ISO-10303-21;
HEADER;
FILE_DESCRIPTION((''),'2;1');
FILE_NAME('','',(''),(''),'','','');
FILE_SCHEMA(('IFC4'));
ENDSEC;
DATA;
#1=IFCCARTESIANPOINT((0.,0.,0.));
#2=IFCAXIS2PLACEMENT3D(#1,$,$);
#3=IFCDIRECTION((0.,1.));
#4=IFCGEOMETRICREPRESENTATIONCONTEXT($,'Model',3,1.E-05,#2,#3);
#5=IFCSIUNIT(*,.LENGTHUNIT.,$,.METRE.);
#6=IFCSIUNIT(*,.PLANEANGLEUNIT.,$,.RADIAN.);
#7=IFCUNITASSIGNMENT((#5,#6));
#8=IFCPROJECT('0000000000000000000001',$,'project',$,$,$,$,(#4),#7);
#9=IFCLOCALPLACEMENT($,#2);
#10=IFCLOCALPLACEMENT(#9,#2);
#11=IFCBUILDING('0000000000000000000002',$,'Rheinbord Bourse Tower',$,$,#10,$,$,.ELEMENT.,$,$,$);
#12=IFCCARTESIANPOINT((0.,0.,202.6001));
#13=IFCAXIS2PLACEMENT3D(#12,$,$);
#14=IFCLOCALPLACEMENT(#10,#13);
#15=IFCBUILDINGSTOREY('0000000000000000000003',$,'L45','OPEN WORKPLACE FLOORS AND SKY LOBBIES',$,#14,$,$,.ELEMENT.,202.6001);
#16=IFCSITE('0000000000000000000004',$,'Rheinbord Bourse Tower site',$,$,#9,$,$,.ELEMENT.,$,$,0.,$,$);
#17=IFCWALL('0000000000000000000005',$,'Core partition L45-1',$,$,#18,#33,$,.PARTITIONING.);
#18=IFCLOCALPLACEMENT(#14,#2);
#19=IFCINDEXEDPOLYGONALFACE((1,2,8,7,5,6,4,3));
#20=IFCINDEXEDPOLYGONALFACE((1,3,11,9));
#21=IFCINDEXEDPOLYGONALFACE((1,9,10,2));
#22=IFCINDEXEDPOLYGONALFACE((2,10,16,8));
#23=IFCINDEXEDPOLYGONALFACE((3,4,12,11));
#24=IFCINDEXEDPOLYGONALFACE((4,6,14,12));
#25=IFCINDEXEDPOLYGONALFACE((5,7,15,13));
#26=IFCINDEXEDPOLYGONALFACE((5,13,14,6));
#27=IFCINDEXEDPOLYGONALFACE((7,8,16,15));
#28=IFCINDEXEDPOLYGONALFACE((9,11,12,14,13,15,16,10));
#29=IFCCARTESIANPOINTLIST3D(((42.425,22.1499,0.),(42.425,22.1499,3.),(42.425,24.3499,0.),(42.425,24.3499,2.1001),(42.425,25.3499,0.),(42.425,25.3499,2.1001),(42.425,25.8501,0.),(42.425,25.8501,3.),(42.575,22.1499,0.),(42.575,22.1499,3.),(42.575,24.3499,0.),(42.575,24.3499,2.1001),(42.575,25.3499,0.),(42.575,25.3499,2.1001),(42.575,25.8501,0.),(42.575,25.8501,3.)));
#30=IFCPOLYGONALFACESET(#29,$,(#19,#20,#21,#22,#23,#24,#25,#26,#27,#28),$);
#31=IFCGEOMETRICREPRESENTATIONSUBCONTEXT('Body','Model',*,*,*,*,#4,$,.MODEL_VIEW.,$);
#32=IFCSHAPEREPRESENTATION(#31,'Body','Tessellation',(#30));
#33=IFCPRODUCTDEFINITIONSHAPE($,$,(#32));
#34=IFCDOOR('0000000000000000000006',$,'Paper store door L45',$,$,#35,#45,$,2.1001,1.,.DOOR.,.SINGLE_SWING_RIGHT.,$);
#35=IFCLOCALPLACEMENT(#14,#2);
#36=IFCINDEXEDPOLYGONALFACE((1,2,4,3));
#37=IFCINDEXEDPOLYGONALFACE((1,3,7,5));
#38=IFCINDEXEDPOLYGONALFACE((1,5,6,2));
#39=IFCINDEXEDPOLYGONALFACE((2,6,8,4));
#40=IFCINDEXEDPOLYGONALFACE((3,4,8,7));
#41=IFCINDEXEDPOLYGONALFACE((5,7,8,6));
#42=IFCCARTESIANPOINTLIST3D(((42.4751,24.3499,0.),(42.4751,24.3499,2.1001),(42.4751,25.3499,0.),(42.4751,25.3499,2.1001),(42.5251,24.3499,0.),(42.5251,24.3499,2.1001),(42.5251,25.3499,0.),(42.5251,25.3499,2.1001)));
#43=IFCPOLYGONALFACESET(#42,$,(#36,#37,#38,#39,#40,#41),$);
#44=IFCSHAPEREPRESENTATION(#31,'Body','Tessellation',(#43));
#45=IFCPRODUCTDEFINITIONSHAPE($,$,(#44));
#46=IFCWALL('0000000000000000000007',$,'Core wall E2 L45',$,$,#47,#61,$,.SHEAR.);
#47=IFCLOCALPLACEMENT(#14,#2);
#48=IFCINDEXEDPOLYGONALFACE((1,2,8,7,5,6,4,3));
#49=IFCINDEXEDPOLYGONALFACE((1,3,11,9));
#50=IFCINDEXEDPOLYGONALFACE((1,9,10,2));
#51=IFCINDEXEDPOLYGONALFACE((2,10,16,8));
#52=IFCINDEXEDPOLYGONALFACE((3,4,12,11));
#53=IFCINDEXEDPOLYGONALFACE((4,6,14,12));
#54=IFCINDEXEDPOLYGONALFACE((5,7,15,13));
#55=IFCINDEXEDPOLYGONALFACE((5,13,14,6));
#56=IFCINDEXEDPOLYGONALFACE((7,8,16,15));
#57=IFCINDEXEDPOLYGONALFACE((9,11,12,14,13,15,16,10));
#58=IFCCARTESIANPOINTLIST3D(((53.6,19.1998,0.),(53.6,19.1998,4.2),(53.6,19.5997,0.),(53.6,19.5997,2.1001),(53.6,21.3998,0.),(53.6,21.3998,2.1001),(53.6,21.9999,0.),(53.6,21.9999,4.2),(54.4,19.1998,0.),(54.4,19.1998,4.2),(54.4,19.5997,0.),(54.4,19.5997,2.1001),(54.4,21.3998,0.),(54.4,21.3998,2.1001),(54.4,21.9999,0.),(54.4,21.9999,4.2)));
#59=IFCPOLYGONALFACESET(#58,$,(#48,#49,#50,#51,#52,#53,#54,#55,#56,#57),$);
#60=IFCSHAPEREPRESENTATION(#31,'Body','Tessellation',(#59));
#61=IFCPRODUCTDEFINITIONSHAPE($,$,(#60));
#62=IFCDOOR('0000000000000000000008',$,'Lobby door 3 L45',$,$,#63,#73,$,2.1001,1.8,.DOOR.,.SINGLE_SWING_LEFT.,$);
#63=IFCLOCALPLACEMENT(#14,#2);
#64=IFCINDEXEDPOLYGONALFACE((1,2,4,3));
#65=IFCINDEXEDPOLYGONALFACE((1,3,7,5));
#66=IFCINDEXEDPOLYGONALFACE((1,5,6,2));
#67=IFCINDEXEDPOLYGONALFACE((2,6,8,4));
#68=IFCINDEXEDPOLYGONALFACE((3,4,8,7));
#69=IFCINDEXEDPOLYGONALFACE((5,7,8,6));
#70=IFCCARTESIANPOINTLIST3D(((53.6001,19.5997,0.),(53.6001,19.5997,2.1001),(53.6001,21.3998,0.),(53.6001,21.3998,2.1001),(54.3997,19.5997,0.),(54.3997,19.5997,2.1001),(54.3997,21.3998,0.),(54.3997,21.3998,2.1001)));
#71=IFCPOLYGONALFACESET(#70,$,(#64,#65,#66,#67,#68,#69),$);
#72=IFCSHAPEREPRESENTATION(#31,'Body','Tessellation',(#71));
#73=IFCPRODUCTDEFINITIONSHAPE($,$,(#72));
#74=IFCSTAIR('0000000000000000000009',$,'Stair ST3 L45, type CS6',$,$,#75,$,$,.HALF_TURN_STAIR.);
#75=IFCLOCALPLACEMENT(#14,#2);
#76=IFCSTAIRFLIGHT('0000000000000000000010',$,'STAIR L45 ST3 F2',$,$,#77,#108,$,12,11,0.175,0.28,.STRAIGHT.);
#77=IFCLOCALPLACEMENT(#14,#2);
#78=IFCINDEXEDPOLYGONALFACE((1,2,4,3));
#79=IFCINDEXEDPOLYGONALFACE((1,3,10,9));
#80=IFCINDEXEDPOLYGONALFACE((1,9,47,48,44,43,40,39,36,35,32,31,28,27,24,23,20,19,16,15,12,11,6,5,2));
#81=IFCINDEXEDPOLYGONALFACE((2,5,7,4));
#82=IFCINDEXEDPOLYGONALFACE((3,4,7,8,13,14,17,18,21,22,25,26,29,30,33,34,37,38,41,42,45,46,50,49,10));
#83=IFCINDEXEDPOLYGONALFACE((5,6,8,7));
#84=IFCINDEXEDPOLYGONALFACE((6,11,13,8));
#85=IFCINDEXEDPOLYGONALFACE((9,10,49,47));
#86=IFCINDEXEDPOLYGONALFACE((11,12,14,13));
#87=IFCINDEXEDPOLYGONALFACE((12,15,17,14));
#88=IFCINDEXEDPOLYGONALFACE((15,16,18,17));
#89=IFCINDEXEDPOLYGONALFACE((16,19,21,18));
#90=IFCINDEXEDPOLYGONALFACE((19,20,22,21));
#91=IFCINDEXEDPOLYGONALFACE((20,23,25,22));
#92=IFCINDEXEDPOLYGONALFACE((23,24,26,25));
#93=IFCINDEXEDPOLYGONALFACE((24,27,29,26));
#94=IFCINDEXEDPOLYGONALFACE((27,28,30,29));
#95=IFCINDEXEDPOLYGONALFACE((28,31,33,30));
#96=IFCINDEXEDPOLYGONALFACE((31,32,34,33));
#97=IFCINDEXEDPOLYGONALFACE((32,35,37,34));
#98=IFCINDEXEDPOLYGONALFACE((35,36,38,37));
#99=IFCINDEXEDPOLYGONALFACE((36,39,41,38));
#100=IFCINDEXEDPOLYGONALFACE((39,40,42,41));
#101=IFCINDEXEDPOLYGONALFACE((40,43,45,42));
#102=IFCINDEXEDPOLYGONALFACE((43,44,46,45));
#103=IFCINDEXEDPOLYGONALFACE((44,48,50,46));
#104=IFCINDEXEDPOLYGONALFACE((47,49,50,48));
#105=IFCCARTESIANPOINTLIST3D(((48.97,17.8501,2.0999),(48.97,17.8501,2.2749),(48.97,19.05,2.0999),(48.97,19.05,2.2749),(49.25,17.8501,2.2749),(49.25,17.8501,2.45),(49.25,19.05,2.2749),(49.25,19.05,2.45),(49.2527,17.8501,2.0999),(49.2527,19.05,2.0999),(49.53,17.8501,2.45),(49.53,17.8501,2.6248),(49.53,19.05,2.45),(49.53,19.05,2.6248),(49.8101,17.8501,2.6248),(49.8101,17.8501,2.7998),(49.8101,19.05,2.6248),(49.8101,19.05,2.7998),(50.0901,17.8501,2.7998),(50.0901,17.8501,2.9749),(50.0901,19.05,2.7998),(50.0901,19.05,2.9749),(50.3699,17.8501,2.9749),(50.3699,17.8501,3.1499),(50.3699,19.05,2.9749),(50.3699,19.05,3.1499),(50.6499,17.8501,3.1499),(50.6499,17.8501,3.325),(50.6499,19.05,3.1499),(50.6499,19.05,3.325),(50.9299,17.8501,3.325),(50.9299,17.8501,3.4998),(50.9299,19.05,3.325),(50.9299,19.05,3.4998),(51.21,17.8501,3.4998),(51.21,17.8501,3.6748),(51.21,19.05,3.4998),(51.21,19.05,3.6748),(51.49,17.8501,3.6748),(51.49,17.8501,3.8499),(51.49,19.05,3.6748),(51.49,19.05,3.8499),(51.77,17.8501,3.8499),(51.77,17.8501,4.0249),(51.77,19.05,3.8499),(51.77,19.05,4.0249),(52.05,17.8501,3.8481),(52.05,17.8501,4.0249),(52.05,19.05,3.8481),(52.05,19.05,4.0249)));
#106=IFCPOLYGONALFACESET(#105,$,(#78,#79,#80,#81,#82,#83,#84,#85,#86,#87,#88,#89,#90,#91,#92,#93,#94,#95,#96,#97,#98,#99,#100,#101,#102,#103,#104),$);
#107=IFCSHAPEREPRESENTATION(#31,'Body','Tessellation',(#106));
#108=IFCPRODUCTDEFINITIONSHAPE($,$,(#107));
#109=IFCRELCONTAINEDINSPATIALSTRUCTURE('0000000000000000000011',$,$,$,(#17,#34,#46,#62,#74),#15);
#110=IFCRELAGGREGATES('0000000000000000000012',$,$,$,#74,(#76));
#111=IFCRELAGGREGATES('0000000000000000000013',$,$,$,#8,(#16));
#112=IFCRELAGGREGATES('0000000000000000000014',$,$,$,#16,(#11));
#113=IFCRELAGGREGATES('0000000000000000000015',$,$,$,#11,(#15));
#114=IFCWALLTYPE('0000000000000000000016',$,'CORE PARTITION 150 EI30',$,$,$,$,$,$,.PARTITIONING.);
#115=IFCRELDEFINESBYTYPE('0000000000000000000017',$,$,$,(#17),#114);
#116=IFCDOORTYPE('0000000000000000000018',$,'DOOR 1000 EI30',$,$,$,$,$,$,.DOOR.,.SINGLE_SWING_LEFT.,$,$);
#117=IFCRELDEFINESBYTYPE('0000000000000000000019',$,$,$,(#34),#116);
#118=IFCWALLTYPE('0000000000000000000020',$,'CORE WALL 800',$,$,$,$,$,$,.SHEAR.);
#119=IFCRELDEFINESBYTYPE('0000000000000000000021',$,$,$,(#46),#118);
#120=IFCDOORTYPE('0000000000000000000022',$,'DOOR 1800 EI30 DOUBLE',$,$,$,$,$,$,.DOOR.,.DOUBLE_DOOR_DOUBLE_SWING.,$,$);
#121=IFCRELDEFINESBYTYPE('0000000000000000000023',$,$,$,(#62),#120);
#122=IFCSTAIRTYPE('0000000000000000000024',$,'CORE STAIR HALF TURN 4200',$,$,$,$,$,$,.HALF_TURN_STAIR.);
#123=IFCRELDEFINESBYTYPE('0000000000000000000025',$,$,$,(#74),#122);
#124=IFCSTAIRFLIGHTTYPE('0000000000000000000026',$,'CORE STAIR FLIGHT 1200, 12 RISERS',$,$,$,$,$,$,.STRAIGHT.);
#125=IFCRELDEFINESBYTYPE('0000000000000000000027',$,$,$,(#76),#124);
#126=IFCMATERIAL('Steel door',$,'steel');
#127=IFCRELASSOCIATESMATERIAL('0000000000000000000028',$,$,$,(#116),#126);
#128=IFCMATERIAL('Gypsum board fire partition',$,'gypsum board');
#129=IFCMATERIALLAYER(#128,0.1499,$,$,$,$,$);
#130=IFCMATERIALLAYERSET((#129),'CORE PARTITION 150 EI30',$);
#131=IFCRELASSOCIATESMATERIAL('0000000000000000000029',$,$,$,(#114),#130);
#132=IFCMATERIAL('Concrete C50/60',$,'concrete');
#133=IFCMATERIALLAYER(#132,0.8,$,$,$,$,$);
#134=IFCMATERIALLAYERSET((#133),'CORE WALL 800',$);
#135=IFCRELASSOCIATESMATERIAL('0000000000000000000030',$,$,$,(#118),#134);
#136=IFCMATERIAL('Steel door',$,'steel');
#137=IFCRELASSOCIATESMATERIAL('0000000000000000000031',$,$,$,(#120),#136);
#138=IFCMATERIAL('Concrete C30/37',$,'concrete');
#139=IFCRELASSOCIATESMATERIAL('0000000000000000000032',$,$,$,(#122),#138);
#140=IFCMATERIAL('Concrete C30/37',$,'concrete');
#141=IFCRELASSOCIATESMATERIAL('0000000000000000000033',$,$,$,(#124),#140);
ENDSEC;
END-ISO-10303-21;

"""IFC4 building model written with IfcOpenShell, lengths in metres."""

from ifc_helpers import new_model, si_unit, direction, frame, frame_2d, origin, place, context, subcontext, project, spatial, polyline, rectangle, outline, extrude, material, layer, layer_set, type_object, element, fill, aggregate, save


model = new_model("IFC4")

# Units and contexts
model_context = context("Model", 3, precision=1e-05, world=origin(), true_north=direction((0.0, 1.0)))
body_context = subcontext(model_context, "Body", "Model", "MODEL_VIEW")
ifc_project = project(units=[si_unit("LENGTHUNIT", "METRE"), si_unit("PLANEANGLEUNIT", "RADIAN")], contexts=[model_context])

# Site, building, storey
site_placement = place(None, origin())
site = spatial("IfcSite", under=ifc_project, at=site_placement, Name="Rheinbord Bourse Tower site", CompositionType="ELEMENT", RefElevation=0.0)
building_placement = place(site_placement, origin())
building = spatial("IfcBuilding", under=site, at=building_placement, Name="Rheinbord Bourse Tower", CompositionType="ELEMENT")
storey_placement = place(building_placement, frame((0.0, 0.0, 202.6001)))
storey = spatial("IfcBuildingStorey", under=building, at=storey_placement, Name="L45", Description="OPEN WORKPLACE FLOORS AND SKY LOBBIES", CompositionType="ELEMENT", Elevation=202.6001)

# Shared definitions
ifc_material_1 = material(Name="Steel door", Category="steel")
door_type_1 = type_object("IfcDoorType", Name="DOOR 1000 EI30", OperationType="SINGLE_SWING_LEFT", PredefinedType="DOOR", material=ifc_material_1)

# Walls, openings, doors
ifc_material_2 = material(Name="Gypsum board fire partition", Category="gypsum board")
ifc_layer_1 = layer(ifc_material_2, 0.1499)
ifc_layer_set_1 = layer_set([ifc_layer_1], Name="CORE PARTITION 150 EI30")
wall_type_1 = type_object("IfcWallType", Name="CORE PARTITION 150 EI30", PredefinedType="PARTITIONING", material=ifc_layer_set_1)
wall_1_placement = place(storey_placement, frame((42.5, 22.1499, 0.0), z_axis=(0.0, 0.0, 1.0), x_axis=(0.0, 1.0, 0.0)))
wall_1 = element("IfcWall", 1, at=wall_1_placement, inside=storey, type_object=wall_type_1, Name="Core partition L45-1", PredefinedType="PARTITIONING", context=body_context, shape_type="SweptSolid", body=[
    extrude(rectangle(XDim=3.7002, YDim=0.1499, at=frame_2d((1.8501, 0.0))), origin(), (0.0, 0.0, 1.0), 3.0),
])
opening_1_placement = place(wall_1_placement, frame((2.2, 0.0, 0.0)))
opening_1 = element("IfcOpeningElement", 2, at=opening_1_placement, cuts=wall_1, PredefinedType="OPENING", context=body_context, shape_type="SweptSolid", body=[
    extrude(rectangle(XDim=1.0, YDim=2.1001, at=frame_2d((0.5, 1.05))), frame((0.0, 0.085, 0.0), z_axis=(0.0, -1.0, 0.0), x_axis=(1.0, 0.0, 0.0)), (0.0, 0.0, 1.0), 0.1699),
])
door_1_placement = place(opening_1_placement, origin())
door_1 = element("IfcDoor", 3, at=door_1_placement, inside=storey, type_object=door_type_1, Name="Paper store door L45", OperationType="SINGLE_SWING_RIGHT", OverallHeight=2.1001, OverallWidth=1.0, PredefinedType="DOOR", context=body_context, shape_type="SweptSolid", body=[
    extrude(rectangle(XDim=1.0, YDim=2.1001, at=frame_2d((0.5, 1.05))), frame((0.0, 0.0249, 0.0), z_axis=(0.0, -1.0, 0.0), x_axis=(1.0, 0.0, 0.0)), (0.0, 0.0, 1.0), 0.05),
])
fill(opening_1, door_1)
ifc_material_3 = material(Name="Concrete C50/60", Category="concrete")
ifc_layer_2 = layer(ifc_material_3, 0.8)
ifc_layer_set_2 = layer_set([ifc_layer_2], Name="CORE WALL 800")
wall_type_2 = type_object("IfcWallType", Name="CORE WALL 800", PredefinedType="SHEAR", material=ifc_layer_set_2)
wall_2_placement = place(storey_placement, frame((54.0, 19.2, 0.0), z_axis=(0.0, 0.0, 1.0), x_axis=(0.0, 1.0, 0.0)))
wall_2 = element("IfcWall", 4, at=wall_2_placement, inside=storey, type_object=wall_type_2, Name="Core wall E2 L45", PredefinedType="SHEAR", context=body_context, shape_type="SweptSolid", body=[
    extrude(rectangle(XDim=2.8, YDim=0.8, at=frame_2d((1.3999, 0.0))), origin(), (0.0, 0.0, 1.0), 4.2),
])
opening_2_placement = place(wall_2_placement, frame((0.3999, 0.0, 0.0)))
opening_2 = element("IfcOpeningElement", 5, at=opening_2_placement, cuts=wall_2, PredefinedType="OPENING", context=body_context, shape_type="SweptSolid", body=[
    extrude(rectangle(XDim=1.8, YDim=2.1001, at=frame_2d((0.8999, 1.05))), frame((0.0, 0.4099, 0.0), z_axis=(0.0, -1.0, 0.0), x_axis=(1.0, 0.0, 0.0)), (0.0, 0.0, 1.0), 0.8201),
])
ifc_material_4 = material(Name="Steel door", Category="steel")
door_type_2 = type_object("IfcDoorType", Name="DOOR 1800 EI30 DOUBLE", OperationType="DOUBLE_DOOR_DOUBLE_SWING", PredefinedType="DOOR", material=ifc_material_4)
door_2_placement = place(opening_2_placement, origin())
door_2 = element("IfcDoor", 6, at=door_2_placement, inside=storey, type_object=door_type_2, Name="Lobby door 3 L45", OperationType="SINGLE_SWING_LEFT", OverallHeight=2.1001, OverallWidth=1.8, PredefinedType="DOOR", context=body_context, shape_type="SweptSolid", body=[
    extrude(rectangle(XDim=1.8, YDim=2.1001, at=frame_2d((0.8999, 1.05))), frame((0.0, 0.3999, 0.0), z_axis=(0.0, -1.0, 0.0), x_axis=(1.0, 0.0, 0.0)), (0.0, 0.0, 1.0), 0.7996),
])
fill(opening_2, door_2)

# Stair, stair flight
ifc_material_5 = material(Name="Concrete C30/37", Category="concrete")
stair_type = type_object("IfcStairType", Name="CORE STAIR HALF TURN 4200", PredefinedType="HALF_TURN_STAIR", material=ifc_material_5)
stair_placement = place(storey_placement, origin())
stair = element("IfcStair", 7, at=stair_placement, inside=storey, type_object=stair_type, Name="Stair ST3 L45, type CS6", PredefinedType="HALF_TURN_STAIR")
ifc_material_6 = material(Name="Concrete C30/37", Category="concrete")
stair_flight_type = type_object("IfcStairFlightType", Name="CORE STAIR FLIGHT 1200, 12 RISERS", PredefinedType="STRAIGHT", material=ifc_material_6)
stair_flight_placement = place(storey_placement, frame((48.97, 18.45, 2.0999), z_axis=(0.0, 0.0, 1.0), x_axis=(1.0, 0.0, 0.0)))
stair_flight = element("IfcStairFlight", 8, at=stair_flight_placement, type_object=stair_flight_type, Name="STAIR L45 ST3 F2", NumberOfRisers=12, NumberOfTreads=11, PredefinedType="STRAIGHT", RiserHeight=0.175, TreadLength=0.28, context=body_context, shape_type="SweptSolid", body=[
    extrude(outline(polyline([(0.0, 0.0), (0.0, 0.175), (0.28, 0.175), (0.28, 0.3501), (0.5601, 0.3501), (0.5601, 0.5249), (0.8401, 0.5249), (0.8401, 0.7), (1.1201, 0.7), (1.1201, 0.875), (1.3999, 0.875), (1.3999, 1.05), (1.6799, 1.05), (1.6799, 1.2251), (1.96, 1.2251), (1.96, 1.3999), (2.24, 1.3999), (2.24, 1.575), (2.52, 1.575), (2.52, 1.75), (2.8, 1.75), (2.8, 1.925), (3.0801, 1.925), (3.0801, 2.1001), (3.0801, 1.7483), (0.2827, 0.0), (0.0, 0.0)])), frame((0.0, 0.6001, 0.0), z_axis=(0.0, -1.0, 0.0), x_axis=(1.0, 0.0, 0.0)), (0.0, 0.0, 1.0), 1.2),
])
aggregate(stair, [stair_flight])

save(model, "model.ifc")
